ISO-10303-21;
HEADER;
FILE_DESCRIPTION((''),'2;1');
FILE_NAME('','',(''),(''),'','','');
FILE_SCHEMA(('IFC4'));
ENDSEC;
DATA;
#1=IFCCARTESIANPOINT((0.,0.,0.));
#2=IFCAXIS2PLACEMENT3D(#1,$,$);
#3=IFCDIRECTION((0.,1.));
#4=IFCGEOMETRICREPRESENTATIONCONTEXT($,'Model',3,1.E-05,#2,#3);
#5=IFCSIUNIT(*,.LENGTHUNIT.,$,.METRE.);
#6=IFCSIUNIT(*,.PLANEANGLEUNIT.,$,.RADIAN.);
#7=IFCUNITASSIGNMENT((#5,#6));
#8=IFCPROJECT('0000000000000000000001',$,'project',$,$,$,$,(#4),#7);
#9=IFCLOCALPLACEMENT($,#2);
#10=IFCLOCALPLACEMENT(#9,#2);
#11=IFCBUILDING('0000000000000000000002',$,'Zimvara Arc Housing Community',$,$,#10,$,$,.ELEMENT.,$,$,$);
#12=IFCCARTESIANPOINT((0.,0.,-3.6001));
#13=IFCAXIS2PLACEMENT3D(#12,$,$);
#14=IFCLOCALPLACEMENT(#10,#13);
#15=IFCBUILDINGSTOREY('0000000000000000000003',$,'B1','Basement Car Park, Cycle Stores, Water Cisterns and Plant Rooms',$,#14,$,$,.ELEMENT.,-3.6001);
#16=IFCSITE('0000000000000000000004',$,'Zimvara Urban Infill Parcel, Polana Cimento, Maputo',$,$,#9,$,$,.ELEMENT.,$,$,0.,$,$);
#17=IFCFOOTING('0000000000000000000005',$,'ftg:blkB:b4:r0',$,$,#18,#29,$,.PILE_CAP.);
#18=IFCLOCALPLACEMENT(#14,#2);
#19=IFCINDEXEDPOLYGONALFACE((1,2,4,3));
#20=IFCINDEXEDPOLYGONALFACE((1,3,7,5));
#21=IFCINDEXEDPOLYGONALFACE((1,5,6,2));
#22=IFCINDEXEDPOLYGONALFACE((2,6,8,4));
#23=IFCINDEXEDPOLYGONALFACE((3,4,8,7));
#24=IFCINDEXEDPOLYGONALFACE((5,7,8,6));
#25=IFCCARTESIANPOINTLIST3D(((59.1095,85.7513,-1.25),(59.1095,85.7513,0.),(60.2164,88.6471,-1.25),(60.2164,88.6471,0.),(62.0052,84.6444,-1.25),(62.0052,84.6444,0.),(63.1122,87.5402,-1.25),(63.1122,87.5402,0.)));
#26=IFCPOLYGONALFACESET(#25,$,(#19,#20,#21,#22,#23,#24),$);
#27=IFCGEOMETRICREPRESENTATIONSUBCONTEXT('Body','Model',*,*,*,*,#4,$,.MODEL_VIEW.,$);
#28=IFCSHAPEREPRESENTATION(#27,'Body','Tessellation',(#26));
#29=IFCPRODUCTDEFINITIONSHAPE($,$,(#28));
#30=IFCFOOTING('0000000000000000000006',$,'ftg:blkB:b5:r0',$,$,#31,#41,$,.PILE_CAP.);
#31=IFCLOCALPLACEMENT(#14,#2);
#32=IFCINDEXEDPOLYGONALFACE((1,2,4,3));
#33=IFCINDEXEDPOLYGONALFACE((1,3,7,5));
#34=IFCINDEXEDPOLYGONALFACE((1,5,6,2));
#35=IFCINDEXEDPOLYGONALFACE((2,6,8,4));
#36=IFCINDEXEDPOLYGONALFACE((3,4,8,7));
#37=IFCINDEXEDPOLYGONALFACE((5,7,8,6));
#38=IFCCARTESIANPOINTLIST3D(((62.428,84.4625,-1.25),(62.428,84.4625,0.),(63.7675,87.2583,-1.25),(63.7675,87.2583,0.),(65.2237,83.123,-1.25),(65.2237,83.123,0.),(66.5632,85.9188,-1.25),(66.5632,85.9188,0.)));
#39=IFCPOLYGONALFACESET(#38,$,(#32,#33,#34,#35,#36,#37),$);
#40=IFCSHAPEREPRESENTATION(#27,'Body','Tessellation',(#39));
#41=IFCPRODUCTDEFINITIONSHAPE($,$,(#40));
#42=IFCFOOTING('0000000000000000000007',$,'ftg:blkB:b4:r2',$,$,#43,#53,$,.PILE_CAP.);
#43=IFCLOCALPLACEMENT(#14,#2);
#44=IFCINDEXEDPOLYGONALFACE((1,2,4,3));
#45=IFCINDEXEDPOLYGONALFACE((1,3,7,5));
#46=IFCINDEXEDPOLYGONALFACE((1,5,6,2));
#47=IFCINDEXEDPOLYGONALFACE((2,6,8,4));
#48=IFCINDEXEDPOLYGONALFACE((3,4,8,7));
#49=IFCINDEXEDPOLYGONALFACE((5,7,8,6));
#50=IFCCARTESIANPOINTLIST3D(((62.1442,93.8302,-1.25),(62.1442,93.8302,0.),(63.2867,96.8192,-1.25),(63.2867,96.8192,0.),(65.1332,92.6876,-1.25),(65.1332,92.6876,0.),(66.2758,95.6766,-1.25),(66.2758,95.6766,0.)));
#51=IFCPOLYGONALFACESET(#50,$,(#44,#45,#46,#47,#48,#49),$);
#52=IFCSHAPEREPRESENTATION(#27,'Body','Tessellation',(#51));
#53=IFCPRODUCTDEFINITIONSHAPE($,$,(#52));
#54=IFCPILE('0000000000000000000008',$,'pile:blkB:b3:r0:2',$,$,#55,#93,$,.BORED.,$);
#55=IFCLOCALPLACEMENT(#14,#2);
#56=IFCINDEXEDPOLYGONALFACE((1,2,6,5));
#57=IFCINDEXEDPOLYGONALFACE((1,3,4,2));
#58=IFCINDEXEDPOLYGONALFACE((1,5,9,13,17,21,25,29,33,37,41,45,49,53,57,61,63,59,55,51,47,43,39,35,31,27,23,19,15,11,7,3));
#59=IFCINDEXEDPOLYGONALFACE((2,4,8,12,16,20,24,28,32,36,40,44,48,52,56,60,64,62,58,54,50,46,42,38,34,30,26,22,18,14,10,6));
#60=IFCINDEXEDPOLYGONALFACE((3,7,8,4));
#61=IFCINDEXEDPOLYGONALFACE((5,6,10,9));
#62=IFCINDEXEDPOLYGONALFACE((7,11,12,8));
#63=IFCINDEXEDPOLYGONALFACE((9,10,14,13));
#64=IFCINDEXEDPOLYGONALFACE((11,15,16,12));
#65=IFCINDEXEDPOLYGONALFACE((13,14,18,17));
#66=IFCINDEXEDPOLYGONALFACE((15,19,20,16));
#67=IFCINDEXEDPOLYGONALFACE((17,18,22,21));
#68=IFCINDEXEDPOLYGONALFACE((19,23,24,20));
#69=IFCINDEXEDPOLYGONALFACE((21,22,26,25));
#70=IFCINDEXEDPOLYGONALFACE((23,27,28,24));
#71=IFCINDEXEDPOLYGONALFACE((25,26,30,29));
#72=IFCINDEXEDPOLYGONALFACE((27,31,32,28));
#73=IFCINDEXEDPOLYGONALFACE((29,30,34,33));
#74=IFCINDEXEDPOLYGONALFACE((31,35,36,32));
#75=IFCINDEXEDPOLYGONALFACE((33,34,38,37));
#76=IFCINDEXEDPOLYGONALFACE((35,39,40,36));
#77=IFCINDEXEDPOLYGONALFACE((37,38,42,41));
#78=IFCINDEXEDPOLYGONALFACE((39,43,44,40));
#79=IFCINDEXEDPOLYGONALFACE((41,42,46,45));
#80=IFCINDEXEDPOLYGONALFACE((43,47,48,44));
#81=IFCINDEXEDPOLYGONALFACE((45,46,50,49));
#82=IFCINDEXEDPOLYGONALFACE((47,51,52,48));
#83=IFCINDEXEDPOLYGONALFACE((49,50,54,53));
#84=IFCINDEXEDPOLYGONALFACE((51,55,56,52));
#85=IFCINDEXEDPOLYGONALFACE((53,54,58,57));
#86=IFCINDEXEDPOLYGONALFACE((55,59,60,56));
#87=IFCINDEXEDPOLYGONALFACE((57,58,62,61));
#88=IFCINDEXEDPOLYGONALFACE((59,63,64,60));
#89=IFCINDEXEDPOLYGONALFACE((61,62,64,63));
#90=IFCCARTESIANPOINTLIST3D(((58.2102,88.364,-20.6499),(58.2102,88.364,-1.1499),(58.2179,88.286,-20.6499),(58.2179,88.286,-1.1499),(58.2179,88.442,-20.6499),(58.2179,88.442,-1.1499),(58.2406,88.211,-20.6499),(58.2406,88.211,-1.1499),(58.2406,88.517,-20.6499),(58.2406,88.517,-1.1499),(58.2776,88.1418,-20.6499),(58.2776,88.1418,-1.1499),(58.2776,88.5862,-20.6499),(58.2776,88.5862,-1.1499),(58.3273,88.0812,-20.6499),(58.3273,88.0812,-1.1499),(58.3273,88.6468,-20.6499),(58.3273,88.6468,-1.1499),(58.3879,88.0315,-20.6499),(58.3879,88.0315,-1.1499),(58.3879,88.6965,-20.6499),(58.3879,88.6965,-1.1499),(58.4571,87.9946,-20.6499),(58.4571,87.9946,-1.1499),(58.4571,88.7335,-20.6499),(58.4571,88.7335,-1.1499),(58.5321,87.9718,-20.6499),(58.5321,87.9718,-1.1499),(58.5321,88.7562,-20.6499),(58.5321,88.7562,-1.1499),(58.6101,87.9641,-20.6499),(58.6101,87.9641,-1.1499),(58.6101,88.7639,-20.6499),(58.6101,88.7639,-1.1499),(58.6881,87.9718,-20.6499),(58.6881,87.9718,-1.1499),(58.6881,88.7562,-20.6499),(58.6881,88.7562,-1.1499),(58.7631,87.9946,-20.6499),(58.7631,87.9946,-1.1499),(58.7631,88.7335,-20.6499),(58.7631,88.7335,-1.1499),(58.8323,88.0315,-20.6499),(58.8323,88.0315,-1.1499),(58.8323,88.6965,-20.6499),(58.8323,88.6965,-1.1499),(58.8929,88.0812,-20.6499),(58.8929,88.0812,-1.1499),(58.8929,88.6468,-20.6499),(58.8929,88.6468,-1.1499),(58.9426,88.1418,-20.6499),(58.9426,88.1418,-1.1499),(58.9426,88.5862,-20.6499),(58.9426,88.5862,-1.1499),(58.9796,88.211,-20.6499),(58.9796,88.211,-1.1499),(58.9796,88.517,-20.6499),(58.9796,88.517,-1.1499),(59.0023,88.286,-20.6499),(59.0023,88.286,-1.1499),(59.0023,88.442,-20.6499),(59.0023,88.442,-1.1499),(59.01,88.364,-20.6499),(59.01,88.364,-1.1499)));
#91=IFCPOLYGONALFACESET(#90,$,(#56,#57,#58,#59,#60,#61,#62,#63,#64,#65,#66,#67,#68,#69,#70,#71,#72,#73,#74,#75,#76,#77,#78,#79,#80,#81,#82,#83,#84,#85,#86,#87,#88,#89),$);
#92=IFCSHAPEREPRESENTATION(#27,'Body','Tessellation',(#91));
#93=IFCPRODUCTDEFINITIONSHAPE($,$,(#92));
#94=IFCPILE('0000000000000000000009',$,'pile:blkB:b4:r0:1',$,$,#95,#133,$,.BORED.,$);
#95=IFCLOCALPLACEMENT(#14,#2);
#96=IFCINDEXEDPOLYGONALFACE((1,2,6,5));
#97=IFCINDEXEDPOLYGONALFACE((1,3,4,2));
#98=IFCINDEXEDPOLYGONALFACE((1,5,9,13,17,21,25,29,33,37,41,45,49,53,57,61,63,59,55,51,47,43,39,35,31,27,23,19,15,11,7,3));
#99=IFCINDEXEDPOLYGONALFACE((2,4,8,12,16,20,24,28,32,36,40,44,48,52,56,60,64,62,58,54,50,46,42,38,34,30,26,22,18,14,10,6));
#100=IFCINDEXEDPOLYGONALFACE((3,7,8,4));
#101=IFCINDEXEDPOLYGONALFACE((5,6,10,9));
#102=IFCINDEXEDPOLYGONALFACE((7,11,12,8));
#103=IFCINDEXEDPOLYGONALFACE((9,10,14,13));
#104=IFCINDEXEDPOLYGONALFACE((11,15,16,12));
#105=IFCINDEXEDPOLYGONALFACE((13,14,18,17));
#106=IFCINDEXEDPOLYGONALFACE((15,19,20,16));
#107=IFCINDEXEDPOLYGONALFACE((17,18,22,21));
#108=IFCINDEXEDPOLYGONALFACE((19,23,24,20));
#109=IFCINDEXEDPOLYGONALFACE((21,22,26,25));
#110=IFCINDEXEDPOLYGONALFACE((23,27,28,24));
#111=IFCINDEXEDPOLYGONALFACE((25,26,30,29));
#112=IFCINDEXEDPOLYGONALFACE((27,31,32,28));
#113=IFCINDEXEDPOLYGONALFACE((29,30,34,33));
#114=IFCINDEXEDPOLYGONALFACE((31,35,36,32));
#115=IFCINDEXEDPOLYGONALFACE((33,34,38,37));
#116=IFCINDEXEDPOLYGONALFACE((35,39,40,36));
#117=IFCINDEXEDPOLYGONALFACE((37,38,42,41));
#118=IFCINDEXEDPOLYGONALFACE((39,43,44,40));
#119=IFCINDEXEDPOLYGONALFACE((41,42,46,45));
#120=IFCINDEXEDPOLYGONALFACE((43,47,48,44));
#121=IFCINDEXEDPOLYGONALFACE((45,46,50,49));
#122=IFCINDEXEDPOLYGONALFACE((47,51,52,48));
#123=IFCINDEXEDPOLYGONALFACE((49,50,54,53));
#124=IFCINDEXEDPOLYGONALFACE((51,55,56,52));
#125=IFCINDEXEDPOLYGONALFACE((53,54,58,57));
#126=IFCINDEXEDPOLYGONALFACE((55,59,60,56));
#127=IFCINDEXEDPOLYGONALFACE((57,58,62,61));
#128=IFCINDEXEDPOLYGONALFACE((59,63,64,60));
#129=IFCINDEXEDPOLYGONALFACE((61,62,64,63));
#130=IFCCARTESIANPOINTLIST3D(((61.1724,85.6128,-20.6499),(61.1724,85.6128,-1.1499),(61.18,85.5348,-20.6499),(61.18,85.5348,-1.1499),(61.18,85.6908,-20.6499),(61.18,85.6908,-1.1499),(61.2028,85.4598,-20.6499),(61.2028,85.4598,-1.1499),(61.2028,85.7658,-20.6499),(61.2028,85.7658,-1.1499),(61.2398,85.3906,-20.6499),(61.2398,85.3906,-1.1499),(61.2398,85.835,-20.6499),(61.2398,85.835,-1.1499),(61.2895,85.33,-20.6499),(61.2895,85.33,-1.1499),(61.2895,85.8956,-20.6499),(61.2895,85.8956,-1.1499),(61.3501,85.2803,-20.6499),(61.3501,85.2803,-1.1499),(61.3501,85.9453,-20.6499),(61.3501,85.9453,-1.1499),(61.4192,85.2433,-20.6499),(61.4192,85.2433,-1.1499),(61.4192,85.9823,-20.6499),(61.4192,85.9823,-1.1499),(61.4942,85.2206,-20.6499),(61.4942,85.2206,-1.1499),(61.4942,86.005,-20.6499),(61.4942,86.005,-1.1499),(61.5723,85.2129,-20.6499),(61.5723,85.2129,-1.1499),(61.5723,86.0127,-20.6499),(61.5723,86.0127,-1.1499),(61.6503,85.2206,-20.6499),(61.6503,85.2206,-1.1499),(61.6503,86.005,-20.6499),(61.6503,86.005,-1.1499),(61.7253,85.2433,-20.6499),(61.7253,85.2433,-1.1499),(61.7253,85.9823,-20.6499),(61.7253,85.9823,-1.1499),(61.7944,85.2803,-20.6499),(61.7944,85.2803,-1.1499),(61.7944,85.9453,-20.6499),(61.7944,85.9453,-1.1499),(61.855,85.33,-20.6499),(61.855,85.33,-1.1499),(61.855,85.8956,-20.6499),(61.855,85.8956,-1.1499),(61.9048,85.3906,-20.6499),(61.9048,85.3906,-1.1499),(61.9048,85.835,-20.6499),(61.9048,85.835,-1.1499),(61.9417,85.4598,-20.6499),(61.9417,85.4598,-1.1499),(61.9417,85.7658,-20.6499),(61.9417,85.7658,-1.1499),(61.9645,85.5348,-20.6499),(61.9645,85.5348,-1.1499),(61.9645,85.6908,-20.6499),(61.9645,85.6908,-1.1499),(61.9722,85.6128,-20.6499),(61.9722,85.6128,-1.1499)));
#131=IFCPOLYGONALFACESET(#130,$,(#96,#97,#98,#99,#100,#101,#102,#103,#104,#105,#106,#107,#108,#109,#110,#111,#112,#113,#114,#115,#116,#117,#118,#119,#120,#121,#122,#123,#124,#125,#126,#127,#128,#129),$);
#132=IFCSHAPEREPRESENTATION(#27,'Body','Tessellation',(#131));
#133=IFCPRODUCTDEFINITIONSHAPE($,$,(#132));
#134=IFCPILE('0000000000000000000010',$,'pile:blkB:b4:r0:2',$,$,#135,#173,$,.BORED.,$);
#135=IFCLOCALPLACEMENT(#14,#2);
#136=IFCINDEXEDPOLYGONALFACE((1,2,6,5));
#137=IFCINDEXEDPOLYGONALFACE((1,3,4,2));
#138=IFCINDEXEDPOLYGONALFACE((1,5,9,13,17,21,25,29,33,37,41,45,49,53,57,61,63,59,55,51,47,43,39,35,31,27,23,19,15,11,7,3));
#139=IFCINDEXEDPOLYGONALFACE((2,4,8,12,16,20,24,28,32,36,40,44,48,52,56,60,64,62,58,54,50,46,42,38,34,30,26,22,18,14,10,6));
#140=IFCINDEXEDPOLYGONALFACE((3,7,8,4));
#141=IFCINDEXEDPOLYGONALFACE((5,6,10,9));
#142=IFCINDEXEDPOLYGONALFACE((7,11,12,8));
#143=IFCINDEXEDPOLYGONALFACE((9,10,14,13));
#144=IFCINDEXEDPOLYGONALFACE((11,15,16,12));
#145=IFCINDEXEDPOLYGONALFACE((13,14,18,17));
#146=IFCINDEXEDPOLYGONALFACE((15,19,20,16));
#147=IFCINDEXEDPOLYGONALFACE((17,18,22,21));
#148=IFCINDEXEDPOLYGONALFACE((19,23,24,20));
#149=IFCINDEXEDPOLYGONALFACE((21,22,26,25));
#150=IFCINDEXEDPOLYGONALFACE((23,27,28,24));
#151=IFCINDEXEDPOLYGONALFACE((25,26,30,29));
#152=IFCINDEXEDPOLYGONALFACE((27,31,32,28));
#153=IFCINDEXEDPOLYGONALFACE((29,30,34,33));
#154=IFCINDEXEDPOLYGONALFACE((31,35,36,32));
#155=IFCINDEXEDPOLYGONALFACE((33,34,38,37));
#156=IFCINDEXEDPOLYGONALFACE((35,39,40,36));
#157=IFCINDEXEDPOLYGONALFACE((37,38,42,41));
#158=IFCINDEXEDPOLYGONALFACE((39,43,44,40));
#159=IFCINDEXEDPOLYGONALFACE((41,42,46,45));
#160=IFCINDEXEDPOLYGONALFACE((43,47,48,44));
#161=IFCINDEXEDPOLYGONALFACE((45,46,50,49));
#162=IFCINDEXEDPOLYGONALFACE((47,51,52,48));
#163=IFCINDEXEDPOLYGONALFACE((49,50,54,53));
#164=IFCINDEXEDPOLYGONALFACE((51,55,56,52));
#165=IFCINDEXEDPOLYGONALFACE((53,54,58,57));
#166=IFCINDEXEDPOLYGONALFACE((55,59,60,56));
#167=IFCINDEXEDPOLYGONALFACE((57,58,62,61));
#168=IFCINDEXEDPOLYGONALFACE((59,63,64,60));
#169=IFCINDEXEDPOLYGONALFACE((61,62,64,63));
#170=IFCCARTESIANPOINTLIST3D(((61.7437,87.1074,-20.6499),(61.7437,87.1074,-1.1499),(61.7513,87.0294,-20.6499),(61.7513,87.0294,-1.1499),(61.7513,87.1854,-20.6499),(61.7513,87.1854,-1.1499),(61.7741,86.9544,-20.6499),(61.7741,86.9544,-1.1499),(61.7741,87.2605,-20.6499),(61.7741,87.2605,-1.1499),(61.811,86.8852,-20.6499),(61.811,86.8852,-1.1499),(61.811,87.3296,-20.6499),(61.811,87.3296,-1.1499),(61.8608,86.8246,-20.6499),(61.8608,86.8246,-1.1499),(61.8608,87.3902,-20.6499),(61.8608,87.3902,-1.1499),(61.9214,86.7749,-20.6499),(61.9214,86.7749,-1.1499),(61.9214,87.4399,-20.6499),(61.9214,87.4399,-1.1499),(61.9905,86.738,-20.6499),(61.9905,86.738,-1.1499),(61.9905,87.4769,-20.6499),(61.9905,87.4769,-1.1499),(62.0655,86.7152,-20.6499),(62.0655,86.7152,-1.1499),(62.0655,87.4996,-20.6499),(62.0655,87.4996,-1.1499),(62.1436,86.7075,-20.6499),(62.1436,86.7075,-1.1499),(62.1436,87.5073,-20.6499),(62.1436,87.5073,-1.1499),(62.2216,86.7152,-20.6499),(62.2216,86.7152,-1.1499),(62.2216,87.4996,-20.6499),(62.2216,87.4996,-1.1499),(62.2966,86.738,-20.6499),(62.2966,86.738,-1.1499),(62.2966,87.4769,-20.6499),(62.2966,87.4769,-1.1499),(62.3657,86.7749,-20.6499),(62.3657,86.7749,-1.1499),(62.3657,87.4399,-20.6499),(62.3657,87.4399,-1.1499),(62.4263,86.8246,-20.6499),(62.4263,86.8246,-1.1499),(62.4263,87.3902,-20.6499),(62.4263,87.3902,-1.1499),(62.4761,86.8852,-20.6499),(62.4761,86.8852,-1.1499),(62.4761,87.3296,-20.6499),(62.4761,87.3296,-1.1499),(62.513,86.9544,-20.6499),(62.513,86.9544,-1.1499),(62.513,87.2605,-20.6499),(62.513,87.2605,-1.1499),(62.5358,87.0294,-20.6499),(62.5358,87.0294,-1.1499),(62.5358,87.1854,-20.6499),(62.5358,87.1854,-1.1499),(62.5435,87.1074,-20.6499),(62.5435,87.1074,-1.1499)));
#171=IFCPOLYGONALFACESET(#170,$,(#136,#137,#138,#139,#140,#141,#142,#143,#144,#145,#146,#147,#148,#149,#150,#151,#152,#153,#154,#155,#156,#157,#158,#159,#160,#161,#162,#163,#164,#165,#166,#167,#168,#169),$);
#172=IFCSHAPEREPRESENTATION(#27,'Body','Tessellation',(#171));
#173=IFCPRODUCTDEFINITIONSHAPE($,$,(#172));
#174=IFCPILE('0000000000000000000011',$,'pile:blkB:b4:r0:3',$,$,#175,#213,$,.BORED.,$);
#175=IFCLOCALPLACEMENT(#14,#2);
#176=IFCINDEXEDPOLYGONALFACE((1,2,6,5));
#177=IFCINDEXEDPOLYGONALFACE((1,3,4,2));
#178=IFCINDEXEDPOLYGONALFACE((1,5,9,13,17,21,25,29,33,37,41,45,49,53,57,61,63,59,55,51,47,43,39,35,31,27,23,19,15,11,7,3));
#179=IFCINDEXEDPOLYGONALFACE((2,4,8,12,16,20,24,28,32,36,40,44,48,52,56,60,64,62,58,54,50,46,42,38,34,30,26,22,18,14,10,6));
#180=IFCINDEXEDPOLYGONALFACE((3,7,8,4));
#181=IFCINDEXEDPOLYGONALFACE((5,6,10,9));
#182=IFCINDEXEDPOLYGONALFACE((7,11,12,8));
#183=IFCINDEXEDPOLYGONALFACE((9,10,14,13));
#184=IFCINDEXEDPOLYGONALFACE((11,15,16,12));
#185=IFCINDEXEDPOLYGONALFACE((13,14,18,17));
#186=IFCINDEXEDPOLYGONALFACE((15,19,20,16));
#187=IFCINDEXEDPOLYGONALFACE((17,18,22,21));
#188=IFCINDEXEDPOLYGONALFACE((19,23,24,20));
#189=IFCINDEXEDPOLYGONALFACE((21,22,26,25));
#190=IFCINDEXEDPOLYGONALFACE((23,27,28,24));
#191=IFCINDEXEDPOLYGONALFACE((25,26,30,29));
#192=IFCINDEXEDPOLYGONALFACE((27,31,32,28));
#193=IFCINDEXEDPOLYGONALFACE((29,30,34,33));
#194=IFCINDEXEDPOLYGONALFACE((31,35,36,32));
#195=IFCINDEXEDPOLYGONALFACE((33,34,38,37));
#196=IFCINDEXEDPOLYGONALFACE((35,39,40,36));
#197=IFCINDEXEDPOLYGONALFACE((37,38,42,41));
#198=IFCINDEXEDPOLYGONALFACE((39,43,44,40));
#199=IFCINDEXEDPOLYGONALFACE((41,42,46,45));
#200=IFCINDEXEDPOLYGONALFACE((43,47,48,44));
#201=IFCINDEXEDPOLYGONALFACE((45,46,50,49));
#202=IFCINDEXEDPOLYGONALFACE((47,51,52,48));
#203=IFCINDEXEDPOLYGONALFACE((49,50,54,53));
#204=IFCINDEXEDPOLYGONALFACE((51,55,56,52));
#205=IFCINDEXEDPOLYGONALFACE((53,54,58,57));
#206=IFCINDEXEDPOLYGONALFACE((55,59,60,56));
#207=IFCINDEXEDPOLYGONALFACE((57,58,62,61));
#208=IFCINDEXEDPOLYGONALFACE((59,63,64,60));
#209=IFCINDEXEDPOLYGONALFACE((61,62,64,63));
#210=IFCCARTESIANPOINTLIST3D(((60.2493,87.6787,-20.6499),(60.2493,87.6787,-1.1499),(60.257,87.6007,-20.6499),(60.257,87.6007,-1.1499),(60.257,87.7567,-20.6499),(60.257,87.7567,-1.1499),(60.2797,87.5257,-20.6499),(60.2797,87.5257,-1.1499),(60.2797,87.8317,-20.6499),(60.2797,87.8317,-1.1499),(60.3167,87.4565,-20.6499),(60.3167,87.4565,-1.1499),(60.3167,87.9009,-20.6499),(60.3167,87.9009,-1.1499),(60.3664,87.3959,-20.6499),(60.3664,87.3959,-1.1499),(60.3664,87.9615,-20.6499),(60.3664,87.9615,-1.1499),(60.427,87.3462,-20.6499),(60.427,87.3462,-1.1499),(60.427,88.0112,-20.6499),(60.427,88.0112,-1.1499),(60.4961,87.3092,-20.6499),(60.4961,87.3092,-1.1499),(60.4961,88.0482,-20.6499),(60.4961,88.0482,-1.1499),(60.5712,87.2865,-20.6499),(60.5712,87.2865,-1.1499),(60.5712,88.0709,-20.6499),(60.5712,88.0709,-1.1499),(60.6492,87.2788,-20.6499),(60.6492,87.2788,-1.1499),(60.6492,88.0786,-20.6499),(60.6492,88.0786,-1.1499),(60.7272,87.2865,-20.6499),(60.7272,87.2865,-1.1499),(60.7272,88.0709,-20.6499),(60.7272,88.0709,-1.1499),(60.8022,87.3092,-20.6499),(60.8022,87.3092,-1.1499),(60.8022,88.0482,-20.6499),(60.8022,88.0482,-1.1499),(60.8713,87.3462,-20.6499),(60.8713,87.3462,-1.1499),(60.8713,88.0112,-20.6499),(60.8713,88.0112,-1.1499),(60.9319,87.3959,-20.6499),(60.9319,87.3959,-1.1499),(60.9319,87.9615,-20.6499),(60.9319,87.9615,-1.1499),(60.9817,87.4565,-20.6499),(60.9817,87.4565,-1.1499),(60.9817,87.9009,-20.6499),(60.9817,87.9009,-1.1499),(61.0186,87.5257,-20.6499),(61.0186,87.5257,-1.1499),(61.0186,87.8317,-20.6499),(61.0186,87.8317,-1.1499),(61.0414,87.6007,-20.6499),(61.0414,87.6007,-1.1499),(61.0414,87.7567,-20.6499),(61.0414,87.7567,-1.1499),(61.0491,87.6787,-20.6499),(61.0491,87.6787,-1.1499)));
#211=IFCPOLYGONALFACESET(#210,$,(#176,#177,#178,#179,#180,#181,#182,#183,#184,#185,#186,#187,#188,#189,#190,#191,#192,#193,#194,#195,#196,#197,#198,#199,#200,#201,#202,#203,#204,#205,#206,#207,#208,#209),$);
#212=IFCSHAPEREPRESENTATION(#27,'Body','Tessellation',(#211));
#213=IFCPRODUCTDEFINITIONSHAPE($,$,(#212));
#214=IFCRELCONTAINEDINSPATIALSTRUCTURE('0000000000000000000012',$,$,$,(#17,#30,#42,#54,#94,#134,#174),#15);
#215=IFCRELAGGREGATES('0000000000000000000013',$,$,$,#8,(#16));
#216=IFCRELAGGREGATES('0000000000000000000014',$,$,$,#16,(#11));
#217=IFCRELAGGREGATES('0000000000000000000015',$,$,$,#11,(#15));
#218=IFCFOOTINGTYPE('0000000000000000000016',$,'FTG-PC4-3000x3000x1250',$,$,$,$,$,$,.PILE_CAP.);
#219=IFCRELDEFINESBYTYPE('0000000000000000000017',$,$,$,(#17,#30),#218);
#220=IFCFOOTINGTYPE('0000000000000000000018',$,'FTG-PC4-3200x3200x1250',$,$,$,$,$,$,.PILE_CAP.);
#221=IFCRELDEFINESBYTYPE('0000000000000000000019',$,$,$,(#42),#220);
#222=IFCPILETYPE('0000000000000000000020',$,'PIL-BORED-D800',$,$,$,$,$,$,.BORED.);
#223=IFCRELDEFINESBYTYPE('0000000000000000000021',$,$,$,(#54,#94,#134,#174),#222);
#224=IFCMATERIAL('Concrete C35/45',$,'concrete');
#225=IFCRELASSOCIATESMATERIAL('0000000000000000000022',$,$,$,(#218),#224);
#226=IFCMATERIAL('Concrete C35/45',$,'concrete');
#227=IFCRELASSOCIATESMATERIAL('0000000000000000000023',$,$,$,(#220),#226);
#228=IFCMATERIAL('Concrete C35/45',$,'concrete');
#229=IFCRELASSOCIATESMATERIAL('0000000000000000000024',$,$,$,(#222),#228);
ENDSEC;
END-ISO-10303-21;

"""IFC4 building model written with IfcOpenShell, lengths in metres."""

from ifc_helpers import new_model, si_unit, direction, frame, origin, origin_2d, place, context, subcontext, project, spatial, rectangle, circle, extrude, material, material_profile, profile_set, type_object, element, save


model = new_model("IFC4")

# Units and contexts
model_context = context("Model", 3, precision=1e-05, world=origin(), true_north=direction((0.0, 1.0)))
body_context = subcontext(model_context, "Body", "Model", "MODEL_VIEW")
ifc_project = project(units=[si_unit("LENGTHUNIT", "METRE"), si_unit("PLANEANGLEUNIT", "RADIAN")], contexts=[model_context])

# Site, building, storey
site_placement = place(None, origin())
site = spatial("IfcSite", under=ifc_project, at=site_placement, Name="Zimvara Urban Infill Parcel, Polana Cimento, Maputo", CompositionType="ELEMENT", RefElevation=0.0)
building_placement = place(site_placement, origin())
building = spatial("IfcBuilding", under=site, at=building_placement, Name="Zimvara Arc Housing Community", CompositionType="ELEMENT")
storey_placement = place(building_placement, frame((0.0, 0.0, -3.6001)))
storey = spatial("IfcBuildingStorey", under=building, at=storey_placement, Name="B1", Description="Basement Car Park, Cycle Stores, Water Cisterns and Plant Rooms", CompositionType="ELEMENT", Elevation=-3.6001)

# Footings
ifc_material_1 = material(Name="Concrete C35/45", Category="concrete")
footing_type_1 = type_object("IfcFootingType", Name="FTG-PC4-3000x3000x1250", PredefinedType="PILE_CAP", material=ifc_material_1)
for number, where, z_axis, x_axis, name in (
    (1, (61.1108, 86.6458, -1.25), (0.0, 0.0, 1.0), (0.357064, 0.93408, 0.0), "ftg:blkB:b4:r0"),
    (2, (64.4956, 85.1907, -1.25), (0.0, 0.0, 1.0), (0.432086, 0.901833, 0.0), "ftg:blkB:b5:r0"),
):
    element("IfcFooting", number, at=place(storey_placement, frame(where, z_axis=z_axis, x_axis=x_axis)), inside=storey, type_object=footing_type_1, Name=name, PredefinedType="PILE_CAP", context=body_context, shape_type="SweptSolid", body=[
        extrude(rectangle(XDim=3.1001, YDim=3.1001, at=origin_2d()), origin(), (0.0, 0.0, 1.0), 1.25),
    ])
ifc_material_2 = material(Name="Concrete C35/45", Category="concrete")
footing_type_2 = type_object("IfcFootingType", Name="FTG-PC4-3200x3200x1250", PredefinedType="PILE_CAP", material=ifc_material_2)
footing_placement = place(storey_placement, frame((64.21, 94.7534, -1.25), z_axis=(0.0, 0.0, 1.0), x_axis=(0.357064, 0.93408, 0.0)))
element("IfcFooting", 3, at=footing_placement, inside=storey, type_object=footing_type_2, Name="ftg:blkB:b4:r2", PredefinedType="PILE_CAP", context=body_context, shape_type="SweptSolid", body=[
    extrude(rectangle(XDim=3.2, YDim=3.2, at=origin_2d()), origin(), (0.0, 0.0, 1.0), 1.25),
])

# Piles
ifc_material_3 = material(Name="Concrete C35/45", Category="concrete")
ifc_material_profile_1 = material_profile(ifc_material_3, circle(Radius=0.3999, at=origin_2d()), Name="PILE D800")
ifc_profile_set_1 = profile_set([ifc_material_profile_1], Name="Concrete C35/45")
pile_type = type_object("IfcPileType", Name="PIL-BORED-D800", PredefinedType="BORED", material=ifc_profile_set_1)
for number, where, z_axis, x_axis, name in (
    (4, (58.6101, 88.364, -1.1499), (0.0, 0.0, -1.0), (1.0, 0.0, 0.0), "pile:blkB:b3:r0:2"),
    (5, (61.5723, 85.6128, -1.1499), (0.0, 0.0, -1.0), (1.0, 0.0, 0.0), "pile:blkB:b4:r0:1"),
    (6, (62.1436, 87.1074, -1.1499), (0.0, 0.0, -1.0), (1.0, 0.0, 0.0), "pile:blkB:b4:r0:2"),
    (7, (60.6492, 87.6787, -1.1499), (0.0, 0.0, -1.0), (1.0, 0.0, 0.0), "pile:blkB:b4:r0:3"),
):
    element("IfcPile", number, at=place(storey_placement, frame(where, z_axis=z_axis, x_axis=x_axis)), inside=storey, type_object=pile_type, Name=name, PredefinedType="BORED", context=body_context, shape_type="SweptSolid", body=[
        extrude(circle(Radius=0.3999, at=origin_2d()), origin(), (0.0, 0.0, 1.0), 19.5),
    ])

save(model, "model.ifc")
